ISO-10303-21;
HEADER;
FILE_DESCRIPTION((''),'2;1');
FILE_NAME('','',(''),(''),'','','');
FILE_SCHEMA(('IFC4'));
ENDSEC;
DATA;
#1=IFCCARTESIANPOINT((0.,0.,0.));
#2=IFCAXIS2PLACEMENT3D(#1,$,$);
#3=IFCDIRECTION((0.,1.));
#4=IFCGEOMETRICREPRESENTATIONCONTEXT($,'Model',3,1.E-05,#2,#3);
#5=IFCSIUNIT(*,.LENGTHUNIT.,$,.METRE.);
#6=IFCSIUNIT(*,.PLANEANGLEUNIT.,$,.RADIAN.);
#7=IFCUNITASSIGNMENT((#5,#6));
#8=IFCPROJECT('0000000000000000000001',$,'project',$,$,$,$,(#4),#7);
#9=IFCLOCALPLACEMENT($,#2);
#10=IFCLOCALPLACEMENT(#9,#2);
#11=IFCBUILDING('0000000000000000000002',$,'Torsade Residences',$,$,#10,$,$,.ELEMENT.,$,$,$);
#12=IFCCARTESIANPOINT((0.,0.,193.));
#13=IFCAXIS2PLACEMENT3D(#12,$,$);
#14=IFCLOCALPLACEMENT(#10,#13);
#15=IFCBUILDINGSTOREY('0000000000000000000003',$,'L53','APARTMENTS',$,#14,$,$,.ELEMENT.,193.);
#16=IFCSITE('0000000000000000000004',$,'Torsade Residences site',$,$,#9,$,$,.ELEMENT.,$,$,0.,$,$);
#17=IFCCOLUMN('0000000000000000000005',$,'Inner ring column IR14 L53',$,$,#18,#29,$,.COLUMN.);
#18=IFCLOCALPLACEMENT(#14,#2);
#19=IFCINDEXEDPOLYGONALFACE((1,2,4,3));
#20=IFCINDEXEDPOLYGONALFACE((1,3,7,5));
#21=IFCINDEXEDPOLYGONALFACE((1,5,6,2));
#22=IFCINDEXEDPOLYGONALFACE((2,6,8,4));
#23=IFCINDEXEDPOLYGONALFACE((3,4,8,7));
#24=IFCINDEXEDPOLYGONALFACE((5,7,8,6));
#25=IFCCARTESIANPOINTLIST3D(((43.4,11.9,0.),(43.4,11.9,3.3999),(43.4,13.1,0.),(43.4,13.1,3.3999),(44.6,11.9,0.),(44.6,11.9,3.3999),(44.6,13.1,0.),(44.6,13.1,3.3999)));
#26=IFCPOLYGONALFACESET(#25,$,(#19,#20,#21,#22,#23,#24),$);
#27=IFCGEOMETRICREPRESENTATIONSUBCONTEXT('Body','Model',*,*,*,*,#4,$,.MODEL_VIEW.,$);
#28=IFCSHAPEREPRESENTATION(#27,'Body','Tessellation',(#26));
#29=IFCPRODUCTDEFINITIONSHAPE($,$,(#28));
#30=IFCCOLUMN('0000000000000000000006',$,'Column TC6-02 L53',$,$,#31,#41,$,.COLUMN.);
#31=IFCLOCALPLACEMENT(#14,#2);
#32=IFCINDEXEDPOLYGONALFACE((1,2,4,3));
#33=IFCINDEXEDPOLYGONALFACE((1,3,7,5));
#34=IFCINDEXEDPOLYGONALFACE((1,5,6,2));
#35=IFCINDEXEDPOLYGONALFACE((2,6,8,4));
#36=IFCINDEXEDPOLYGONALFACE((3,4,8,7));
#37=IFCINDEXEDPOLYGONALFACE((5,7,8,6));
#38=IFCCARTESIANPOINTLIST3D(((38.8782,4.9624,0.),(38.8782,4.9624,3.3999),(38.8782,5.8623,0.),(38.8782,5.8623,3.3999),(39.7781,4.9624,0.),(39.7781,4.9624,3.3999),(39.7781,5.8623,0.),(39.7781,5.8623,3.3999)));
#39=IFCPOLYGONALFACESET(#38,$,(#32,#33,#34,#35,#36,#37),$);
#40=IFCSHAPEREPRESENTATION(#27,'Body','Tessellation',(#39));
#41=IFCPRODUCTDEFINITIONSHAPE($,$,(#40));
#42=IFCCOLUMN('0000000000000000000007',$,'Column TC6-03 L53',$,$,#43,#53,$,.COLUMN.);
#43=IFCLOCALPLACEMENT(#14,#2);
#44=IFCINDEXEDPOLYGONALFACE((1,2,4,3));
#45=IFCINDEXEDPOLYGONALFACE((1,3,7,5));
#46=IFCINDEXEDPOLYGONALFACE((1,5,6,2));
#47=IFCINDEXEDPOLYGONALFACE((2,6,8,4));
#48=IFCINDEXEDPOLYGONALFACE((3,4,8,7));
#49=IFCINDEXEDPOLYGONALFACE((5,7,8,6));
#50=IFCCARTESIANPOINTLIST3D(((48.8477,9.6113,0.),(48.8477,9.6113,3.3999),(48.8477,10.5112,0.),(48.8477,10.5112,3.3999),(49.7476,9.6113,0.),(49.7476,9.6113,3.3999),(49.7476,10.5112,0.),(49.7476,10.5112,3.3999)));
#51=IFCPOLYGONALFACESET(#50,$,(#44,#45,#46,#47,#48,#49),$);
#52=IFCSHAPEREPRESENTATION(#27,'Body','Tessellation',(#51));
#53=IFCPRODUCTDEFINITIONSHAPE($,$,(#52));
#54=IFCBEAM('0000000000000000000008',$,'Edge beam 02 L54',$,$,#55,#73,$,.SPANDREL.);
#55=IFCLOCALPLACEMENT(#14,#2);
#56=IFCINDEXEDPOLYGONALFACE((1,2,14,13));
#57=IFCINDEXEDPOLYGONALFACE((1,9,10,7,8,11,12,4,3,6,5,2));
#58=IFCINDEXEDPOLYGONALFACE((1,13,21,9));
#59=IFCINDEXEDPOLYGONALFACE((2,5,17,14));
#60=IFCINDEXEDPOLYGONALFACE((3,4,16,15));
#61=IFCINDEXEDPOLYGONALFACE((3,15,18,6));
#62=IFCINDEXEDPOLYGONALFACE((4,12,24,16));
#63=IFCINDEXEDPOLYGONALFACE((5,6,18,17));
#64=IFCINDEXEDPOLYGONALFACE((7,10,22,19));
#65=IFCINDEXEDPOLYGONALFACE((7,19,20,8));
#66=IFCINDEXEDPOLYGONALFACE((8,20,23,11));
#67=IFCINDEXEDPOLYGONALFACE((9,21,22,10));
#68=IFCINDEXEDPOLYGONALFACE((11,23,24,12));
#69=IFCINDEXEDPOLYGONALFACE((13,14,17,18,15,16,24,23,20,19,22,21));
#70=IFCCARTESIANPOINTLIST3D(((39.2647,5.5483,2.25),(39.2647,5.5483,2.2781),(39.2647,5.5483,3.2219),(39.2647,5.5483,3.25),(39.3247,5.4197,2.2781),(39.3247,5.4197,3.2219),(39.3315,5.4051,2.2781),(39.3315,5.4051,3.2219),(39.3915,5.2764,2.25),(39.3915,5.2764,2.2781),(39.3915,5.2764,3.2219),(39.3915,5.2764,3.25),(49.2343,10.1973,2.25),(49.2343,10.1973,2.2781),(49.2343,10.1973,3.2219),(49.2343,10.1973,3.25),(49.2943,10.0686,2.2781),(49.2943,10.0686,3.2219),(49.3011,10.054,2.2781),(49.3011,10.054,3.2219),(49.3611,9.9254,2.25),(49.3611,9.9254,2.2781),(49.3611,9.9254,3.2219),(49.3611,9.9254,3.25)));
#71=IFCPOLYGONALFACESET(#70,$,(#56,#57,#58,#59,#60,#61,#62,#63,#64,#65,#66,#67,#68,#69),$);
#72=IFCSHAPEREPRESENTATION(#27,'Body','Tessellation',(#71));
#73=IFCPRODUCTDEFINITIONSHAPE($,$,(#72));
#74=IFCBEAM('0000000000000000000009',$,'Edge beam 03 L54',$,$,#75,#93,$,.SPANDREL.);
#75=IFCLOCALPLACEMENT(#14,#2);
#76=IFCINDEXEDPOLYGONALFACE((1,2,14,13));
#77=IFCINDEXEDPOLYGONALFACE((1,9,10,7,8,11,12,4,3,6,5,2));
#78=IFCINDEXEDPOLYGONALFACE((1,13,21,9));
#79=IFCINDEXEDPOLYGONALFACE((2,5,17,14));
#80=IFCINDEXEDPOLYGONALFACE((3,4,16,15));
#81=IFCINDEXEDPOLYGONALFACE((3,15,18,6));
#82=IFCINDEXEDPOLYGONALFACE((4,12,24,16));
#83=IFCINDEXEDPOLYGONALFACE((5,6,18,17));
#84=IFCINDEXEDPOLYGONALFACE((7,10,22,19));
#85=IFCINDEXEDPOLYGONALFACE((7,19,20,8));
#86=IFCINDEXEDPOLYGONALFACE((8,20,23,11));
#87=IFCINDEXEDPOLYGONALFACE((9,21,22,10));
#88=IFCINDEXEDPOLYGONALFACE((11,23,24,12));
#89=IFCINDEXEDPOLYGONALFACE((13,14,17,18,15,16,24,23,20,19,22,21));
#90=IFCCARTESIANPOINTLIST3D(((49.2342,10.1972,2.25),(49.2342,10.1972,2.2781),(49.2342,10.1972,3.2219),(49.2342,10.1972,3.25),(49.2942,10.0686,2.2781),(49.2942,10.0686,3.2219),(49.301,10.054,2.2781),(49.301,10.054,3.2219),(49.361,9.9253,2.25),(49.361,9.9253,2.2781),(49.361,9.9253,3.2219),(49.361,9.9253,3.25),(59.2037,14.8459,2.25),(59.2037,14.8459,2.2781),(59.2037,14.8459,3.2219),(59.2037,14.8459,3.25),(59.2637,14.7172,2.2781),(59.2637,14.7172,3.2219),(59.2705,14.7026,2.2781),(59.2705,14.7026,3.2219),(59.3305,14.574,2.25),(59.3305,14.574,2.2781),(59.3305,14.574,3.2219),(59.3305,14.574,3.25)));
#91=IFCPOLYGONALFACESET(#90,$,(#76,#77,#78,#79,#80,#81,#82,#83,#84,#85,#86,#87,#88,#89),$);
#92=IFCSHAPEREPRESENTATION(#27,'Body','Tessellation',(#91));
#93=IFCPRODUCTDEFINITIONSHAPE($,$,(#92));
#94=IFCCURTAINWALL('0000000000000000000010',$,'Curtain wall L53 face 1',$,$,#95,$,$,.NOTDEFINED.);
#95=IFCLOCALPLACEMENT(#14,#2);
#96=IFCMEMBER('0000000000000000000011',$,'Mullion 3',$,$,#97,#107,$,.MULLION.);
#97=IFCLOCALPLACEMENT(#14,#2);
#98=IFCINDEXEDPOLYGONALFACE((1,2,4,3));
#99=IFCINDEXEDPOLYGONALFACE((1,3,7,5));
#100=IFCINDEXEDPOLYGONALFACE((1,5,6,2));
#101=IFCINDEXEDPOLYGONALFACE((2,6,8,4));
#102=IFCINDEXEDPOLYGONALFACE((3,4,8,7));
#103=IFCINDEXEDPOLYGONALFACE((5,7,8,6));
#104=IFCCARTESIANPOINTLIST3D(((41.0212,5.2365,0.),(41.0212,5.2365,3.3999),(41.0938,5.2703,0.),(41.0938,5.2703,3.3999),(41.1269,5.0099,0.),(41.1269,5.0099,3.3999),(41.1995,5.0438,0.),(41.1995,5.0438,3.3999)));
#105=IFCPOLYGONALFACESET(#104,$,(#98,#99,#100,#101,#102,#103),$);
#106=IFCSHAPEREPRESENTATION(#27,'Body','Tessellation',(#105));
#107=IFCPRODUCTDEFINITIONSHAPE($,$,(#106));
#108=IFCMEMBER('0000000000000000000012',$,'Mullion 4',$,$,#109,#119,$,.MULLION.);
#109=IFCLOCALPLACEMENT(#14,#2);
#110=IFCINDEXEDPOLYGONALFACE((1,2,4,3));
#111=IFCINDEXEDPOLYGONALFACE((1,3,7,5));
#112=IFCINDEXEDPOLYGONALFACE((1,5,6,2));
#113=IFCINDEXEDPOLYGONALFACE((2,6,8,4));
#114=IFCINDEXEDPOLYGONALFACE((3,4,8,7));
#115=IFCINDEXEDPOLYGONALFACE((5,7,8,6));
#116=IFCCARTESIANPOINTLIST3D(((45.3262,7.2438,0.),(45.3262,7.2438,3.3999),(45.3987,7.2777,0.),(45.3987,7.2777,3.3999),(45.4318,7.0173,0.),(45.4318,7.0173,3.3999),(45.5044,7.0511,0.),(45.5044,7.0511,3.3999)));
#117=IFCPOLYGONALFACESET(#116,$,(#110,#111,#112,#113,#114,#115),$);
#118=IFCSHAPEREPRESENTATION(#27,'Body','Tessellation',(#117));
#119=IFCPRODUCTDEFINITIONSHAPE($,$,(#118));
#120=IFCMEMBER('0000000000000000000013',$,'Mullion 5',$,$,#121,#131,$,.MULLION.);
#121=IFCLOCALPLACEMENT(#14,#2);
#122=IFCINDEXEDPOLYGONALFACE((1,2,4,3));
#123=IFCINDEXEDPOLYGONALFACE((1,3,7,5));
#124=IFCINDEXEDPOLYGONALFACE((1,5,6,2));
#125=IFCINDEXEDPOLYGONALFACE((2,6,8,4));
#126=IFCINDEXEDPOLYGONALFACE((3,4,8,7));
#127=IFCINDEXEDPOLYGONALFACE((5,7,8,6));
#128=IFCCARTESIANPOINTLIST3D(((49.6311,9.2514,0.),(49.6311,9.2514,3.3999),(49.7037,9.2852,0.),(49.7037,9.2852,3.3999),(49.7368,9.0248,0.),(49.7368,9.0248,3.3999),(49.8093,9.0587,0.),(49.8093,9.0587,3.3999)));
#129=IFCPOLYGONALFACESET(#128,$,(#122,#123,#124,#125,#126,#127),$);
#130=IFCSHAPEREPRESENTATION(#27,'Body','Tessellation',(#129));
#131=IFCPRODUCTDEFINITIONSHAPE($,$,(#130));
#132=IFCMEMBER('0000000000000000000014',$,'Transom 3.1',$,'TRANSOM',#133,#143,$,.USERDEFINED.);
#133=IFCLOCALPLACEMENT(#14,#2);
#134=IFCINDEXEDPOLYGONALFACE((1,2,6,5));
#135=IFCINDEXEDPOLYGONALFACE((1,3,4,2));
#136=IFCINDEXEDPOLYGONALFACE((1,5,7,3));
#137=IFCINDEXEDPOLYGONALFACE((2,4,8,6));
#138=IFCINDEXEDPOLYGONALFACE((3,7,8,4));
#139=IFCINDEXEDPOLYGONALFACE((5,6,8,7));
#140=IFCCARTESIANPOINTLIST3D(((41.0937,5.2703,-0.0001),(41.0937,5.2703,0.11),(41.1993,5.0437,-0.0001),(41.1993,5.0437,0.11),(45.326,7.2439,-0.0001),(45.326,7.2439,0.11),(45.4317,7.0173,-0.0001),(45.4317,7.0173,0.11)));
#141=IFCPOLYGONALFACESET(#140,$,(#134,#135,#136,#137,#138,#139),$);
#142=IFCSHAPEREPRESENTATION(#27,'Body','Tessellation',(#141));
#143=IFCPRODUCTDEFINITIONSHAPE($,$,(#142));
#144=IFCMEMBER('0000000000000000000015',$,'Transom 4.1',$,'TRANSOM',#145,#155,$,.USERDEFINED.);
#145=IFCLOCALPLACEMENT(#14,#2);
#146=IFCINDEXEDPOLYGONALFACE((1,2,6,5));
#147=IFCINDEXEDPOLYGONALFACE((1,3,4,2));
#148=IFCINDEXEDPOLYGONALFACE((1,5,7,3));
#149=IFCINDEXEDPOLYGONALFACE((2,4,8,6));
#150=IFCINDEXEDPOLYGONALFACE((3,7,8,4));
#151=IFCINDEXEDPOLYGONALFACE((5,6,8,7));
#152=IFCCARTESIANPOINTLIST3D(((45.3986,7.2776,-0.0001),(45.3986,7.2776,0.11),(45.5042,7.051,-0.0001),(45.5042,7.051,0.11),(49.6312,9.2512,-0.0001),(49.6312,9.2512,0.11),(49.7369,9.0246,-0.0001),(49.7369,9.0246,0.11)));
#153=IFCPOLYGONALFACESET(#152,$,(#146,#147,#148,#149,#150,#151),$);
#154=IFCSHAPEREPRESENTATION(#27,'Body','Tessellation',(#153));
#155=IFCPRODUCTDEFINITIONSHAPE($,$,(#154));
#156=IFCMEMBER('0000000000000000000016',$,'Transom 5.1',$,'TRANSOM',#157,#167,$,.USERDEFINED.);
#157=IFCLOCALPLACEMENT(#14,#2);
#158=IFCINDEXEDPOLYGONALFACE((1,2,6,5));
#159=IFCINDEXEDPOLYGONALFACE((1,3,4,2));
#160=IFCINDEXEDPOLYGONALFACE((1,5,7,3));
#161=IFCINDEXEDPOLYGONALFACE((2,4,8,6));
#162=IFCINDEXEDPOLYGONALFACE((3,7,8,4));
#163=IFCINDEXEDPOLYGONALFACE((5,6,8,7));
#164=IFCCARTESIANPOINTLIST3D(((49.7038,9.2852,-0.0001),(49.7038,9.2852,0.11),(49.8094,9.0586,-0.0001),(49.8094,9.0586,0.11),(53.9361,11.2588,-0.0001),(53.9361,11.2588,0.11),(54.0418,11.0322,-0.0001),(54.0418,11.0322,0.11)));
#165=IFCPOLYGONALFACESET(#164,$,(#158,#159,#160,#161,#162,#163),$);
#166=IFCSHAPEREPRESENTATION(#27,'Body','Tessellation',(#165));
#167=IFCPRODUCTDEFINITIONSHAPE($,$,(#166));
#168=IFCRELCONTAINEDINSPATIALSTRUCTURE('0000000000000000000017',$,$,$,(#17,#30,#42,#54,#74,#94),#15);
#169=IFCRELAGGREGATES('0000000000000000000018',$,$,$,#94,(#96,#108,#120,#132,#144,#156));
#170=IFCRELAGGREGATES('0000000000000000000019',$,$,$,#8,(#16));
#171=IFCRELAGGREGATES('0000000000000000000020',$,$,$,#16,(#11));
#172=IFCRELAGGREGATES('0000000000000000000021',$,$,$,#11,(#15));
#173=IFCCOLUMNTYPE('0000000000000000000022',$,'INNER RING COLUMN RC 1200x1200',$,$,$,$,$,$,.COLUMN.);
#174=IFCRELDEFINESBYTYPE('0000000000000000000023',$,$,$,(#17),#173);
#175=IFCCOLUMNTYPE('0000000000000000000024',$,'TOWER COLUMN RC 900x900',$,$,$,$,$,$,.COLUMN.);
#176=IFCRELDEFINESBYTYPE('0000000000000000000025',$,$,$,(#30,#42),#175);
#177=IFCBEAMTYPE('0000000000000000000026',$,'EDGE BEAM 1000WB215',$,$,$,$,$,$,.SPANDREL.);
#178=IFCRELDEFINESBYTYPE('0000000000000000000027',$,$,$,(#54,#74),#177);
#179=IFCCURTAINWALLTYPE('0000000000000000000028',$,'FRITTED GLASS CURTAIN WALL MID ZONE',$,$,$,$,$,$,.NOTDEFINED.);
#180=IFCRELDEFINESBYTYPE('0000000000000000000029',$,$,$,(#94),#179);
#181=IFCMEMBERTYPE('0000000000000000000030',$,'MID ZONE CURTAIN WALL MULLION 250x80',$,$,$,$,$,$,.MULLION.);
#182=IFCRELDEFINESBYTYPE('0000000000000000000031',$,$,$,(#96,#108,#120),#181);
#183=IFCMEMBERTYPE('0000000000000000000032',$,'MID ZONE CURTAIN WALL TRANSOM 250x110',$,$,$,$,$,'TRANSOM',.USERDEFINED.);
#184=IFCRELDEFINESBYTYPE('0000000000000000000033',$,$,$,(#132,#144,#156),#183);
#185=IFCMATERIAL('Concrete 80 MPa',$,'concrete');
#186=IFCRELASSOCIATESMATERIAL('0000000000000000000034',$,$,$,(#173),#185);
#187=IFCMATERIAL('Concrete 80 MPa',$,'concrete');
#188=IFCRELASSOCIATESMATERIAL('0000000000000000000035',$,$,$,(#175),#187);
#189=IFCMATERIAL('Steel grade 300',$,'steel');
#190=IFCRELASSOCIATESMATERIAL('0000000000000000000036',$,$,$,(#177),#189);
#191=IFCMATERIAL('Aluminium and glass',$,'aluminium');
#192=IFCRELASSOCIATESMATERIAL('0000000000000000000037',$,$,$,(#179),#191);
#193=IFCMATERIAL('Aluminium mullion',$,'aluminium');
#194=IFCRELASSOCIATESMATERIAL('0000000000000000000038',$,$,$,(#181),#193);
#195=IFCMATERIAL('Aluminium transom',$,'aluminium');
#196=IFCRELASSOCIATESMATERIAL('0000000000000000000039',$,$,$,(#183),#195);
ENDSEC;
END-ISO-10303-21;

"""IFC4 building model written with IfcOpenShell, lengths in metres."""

from ifc_helpers import new_model, si_unit, direction, frame, origin, origin_2d, place, context, subcontext, project, spatial, rectangle, i_section, extrude, material, material_profile, profile_set, type_object, element, aggregate, save


model = new_model("IFC4")

# Units and contexts
model_context = context("Model", 3, precision=1e-05, world=origin(), true_north=direction((0.0, 1.0)))
body_context = subcontext(model_context, "Body", "Model", "MODEL_VIEW")
ifc_project = project(units=[si_unit("LENGTHUNIT", "METRE"), si_unit("PLANEANGLEUNIT", "RADIAN")], contexts=[model_context])

# Site, building, storey
site_placement = place(None, origin())
site = spatial("IfcSite", under=ifc_project, at=site_placement, Name="Torsade Residences site", CompositionType="ELEMENT", RefElevation=0.0)
building_placement = place(site_placement, origin())
building = spatial("IfcBuilding", under=site, at=building_placement, Name="Torsade Residences", CompositionType="ELEMENT")
storey_placement = place(building_placement, frame((0.0, 0.0, 193.0)))
storey = spatial("IfcBuildingStorey", under=building, at=storey_placement, Name="L53", Description="APARTMENTS", CompositionType="ELEMENT", Elevation=193.0)

# Columns
ifc_material_1 = material(Name="Concrete 80 MPa", Category="concrete")
ifc_material_profile_1 = material_profile(ifc_material_1, rectangle(XDim=1.2, YDim=1.2, at=origin_2d()), Name="RC 1200x1200")
ifc_profile_set_1 = profile_set([ifc_material_profile_1], Name="Concrete 80 MPa")
column_type_1 = type_object("IfcColumnType", Name="INNER RING COLUMN RC 1200x1200", PredefinedType="COLUMN", material=ifc_profile_set_1)
column_placement = place(storey_placement, frame((44.0, 12.5, 0.0), z_axis=(0.0, 0.0, 1.0), x_axis=(1.0, 0.0, 0.0)))
element("IfcColumn", 1, at=column_placement, inside=storey, type_object=column_type_1, Name="Inner ring column IR14 L53", PredefinedType="COLUMN", context=body_context, shape_type="SweptSolid", body=[
    extrude(rectangle(XDim=1.2, YDim=1.2, at=origin_2d()), origin(), (0.0, 0.0, 1.0), 3.3999),
])
ifc_material_2 = material(Name="Concrete 80 MPa", Category="concrete")
ifc_material_profile_2 = material_profile(ifc_material_2, rectangle(XDim=0.8999, YDim=0.8999, at=origin_2d()), Name="RC 900x900")
ifc_profile_set_2 = profile_set([ifc_material_profile_2], Name="Concrete 80 MPa")
column_type_2 = type_object("IfcColumnType", Name="TOWER COLUMN RC 900x900", PredefinedType="COLUMN", material=ifc_profile_set_2)
for number, where, z_axis, x_axis, name in (
    (2, (39.3281, 5.4124, 0.0), (0.0, 0.0, 1.0), (1.0, 0.0, 0.0), "Column TC6-02 L53"),
    (3, (49.2976, 10.0613, 0.0), (0.0, 0.0, 1.0), (1.0, 0.0, 0.0), "Column TC6-03 L53"),
):
    element("IfcColumn", number, at=place(storey_placement, frame(where, z_axis=z_axis, x_axis=x_axis)), inside=storey, type_object=column_type_2, Name=name, PredefinedType="COLUMN", context=body_context, shape_type="SweptSolid", body=[
        extrude(rectangle(XDim=0.8999, YDim=0.8999, at=origin_2d()), origin(), (0.0, 0.0, 1.0), 3.3999),
    ])

# Beams
ifc_material_3 = material(Name="Steel grade 300", Category="steel")
ifc_material_profile_3 = material_profile(ifc_material_3, i_section(OverallWidth=0.3, OverallDepth=1.0, WebThickness=0.0161, FlangeThickness=0.0281, at=origin_2d()), Name="1000WB215")
ifc_profile_set_3 = profile_set([ifc_material_profile_3], Name="Steel grade 300")
beam_type_1 = type_object("IfcBeamType", Name="EDGE BEAM 1000WB215", PredefinedType="SPANDREL", material=ifc_profile_set_3)
beam_1_placement = place(storey_placement, frame((39.3281, 5.4124, 2.75), z_axis=(0.906305, 0.422624, 0.0), x_axis=(-0.422624, 0.906305, 0.0)))
element("IfcBeam", 4, at=beam_1_placement, inside=storey, type_object=beam_type_1, Name="Edge beam 02 L54", PredefinedType="SPANDREL", context=body_context, shape_type="SweptSolid", body=[
    extrude(i_section(OverallWidth=0.3, OverallDepth=1.0, WebThickness=0.0161, FlangeThickness=0.0281, at=origin_2d()), origin(), (0.0, 0.0, 1.0), 11.0002),
])
beam_2_placement = place(storey_placement, frame((49.2976, 10.0613, 2.75), z_axis=(0.906314, 0.422606, 0.0), x_axis=(-0.422606, 0.906314, 0.0)))
element("IfcBeam", 5, at=beam_2_placement, inside=storey, type_object=beam_type_1, Name="Edge beam 03 L54", PredefinedType="SPANDREL", context=body_context, shape_type="SweptSolid", body=[
    extrude(i_section(OverallWidth=0.3, OverallDepth=1.0, WebThickness=0.0161, FlangeThickness=0.0281, at=origin_2d()), origin(), (0.0, 0.0, 1.0), 11.0),
])

# Curtain wall, members
ifc_material_4 = material(Name="Aluminium and glass", Category="aluminium")
curtain_wall_type = type_object("IfcCurtainWallType", Name="FRITTED GLASS CURTAIN WALL MID ZONE", PredefinedType="NOTDEFINED", material=ifc_material_4)
curtain_wall_placement = place(storey_placement, origin())
curtain_wall = element("IfcCurtainWall", 6, at=curtain_wall_placement, inside=storey, type_object=curtain_wall_type, Name="Curtain wall L53 face 1", PredefinedType="NOTDEFINED")
ifc_material_5 = material(Name="Aluminium mullion", Category="aluminium")
ifc_material_profile_4 = material_profile(ifc_material_5, rectangle(XDim=0.25, YDim=0.0801, at=origin_2d()), Name="MID ZONE CURTAIN WALL MULLION 250x80")
ifc_profile_set_4 = profile_set([ifc_material_profile_4], Name="Aluminium mullion")
member_type_1 = type_object("IfcMemberType", Name="MID ZONE CURTAIN WALL MULLION 250x80", PredefinedType="MULLION", material=ifc_profile_set_4)
member_1_placement = place(storey_placement, frame((41.1104, 5.1401, 0.0), z_axis=(0.0, 0.0, 1.0), x_axis=(-0.422618, 0.906308, 0.0)))
member_1 = element("IfcMember", 7, at=member_1_placement, type_object=member_type_1, Name="Mullion 3", PredefinedType="MULLION", context=body_context, shape_type="SweptSolid", body=[
    extrude(rectangle(XDim=0.25, YDim=0.0801, at=origin_2d()), origin(), (0.0, 0.0, 1.0), 3.3999),
])
member_2_placement = place(storey_placement, frame((45.4153, 7.1475, 0.0), z_axis=(0.0, 0.0, 1.0), x_axis=(-0.422618, 0.906308, 0.0)))
member_2 = element("IfcMember", 8, at=member_2_placement, type_object=member_type_1, Name="Mullion 4", PredefinedType="MULLION", context=body_context, shape_type="SweptSolid", body=[
    extrude(rectangle(XDim=0.25, YDim=0.0801, at=origin_2d()), origin(), (0.0, 0.0, 1.0), 3.3999),
])
member_3_placement = place(storey_placement, frame((49.7202, 9.155, 0.0), z_axis=(0.0, 0.0, 1.0), x_axis=(-0.422618, 0.906308, 0.0)))
member_3 = element("IfcMember", 9, at=member_3_placement, type_object=member_type_1, Name="Mullion 5", PredefinedType="MULLION", context=body_context, shape_type="SweptSolid", body=[
    extrude(rectangle(XDim=0.25, YDim=0.0801, at=origin_2d()), origin(), (0.0, 0.0, 1.0), 3.3999),
])
ifc_material_6 = material(Name="Aluminium transom", Category="aluminium")
ifc_material_profile_5 = material_profile(ifc_material_6, rectangle(XDim=0.25, YDim=0.1101, at=origin_2d()), Name="MID ZONE CURTAIN WALL TRANSOM 250x110")
ifc_profile_set_5 = profile_set([ifc_material_profile_5], Name="Aluminium transom")
member_type_2 = type_object("IfcMemberType", Name="MID ZONE CURTAIN WALL TRANSOM 250x110", ElementType="TRANSOM", PredefinedType="USERDEFINED", material=ifc_profile_set_5)
member_4_placement = place(storey_placement, frame((41.1465, 5.157, 0.0549), z_axis=(0.906306, 0.422622, 0.0), x_axis=(-0.422622, 0.906306, 0.0)))
member_4 = element("IfcMember", 10, at=member_4_placement, type_object=member_type_2, Name="Transom 3.1", ObjectType="TRANSOM", PredefinedType="USERDEFINED", context=body_context, shape_type="SweptSolid", body=[
    extrude(rectangle(XDim=0.25, YDim=0.1101, at=origin_2d()), origin(), (0.0, 0.0, 1.0), 4.6699),
])
member_5_placement = place(storey_placement, frame((45.4514, 7.1643, 0.0549), z_axis=(0.906315, 0.422602, 0.0), x_axis=(-0.422602, 0.906315, 0.0)))
member_5 = element("IfcMember", 11, at=member_5_placement, type_object=member_type_2, Name="Transom 4.1", ObjectType="TRANSOM", PredefinedType="USERDEFINED", context=body_context, shape_type="SweptSolid", body=[
    extrude(rectangle(XDim=0.25, YDim=0.1101, at=origin_2d()), origin(), (0.0, 0.0, 1.0), 4.6702),
])
member_6_placement = place(storey_placement, frame((49.7566, 9.1719, 0.0549), z_axis=(0.906306, 0.422622, 0.0), x_axis=(-0.422622, 0.906306, 0.0)))
member_6 = element("IfcMember", 12, at=member_6_placement, type_object=member_type_2, Name="Transom 5.1", ObjectType="TRANSOM", PredefinedType="USERDEFINED", context=body_context, shape_type="SweptSolid", body=[
    extrude(rectangle(XDim=0.25, YDim=0.1101, at=origin_2d()), origin(), (0.0, 0.0, 1.0), 4.6699),
])

aggregate(curtain_wall, [member_1, member_2, member_3, member_4, member_5, member_6])

save(model, "model.ifc")
